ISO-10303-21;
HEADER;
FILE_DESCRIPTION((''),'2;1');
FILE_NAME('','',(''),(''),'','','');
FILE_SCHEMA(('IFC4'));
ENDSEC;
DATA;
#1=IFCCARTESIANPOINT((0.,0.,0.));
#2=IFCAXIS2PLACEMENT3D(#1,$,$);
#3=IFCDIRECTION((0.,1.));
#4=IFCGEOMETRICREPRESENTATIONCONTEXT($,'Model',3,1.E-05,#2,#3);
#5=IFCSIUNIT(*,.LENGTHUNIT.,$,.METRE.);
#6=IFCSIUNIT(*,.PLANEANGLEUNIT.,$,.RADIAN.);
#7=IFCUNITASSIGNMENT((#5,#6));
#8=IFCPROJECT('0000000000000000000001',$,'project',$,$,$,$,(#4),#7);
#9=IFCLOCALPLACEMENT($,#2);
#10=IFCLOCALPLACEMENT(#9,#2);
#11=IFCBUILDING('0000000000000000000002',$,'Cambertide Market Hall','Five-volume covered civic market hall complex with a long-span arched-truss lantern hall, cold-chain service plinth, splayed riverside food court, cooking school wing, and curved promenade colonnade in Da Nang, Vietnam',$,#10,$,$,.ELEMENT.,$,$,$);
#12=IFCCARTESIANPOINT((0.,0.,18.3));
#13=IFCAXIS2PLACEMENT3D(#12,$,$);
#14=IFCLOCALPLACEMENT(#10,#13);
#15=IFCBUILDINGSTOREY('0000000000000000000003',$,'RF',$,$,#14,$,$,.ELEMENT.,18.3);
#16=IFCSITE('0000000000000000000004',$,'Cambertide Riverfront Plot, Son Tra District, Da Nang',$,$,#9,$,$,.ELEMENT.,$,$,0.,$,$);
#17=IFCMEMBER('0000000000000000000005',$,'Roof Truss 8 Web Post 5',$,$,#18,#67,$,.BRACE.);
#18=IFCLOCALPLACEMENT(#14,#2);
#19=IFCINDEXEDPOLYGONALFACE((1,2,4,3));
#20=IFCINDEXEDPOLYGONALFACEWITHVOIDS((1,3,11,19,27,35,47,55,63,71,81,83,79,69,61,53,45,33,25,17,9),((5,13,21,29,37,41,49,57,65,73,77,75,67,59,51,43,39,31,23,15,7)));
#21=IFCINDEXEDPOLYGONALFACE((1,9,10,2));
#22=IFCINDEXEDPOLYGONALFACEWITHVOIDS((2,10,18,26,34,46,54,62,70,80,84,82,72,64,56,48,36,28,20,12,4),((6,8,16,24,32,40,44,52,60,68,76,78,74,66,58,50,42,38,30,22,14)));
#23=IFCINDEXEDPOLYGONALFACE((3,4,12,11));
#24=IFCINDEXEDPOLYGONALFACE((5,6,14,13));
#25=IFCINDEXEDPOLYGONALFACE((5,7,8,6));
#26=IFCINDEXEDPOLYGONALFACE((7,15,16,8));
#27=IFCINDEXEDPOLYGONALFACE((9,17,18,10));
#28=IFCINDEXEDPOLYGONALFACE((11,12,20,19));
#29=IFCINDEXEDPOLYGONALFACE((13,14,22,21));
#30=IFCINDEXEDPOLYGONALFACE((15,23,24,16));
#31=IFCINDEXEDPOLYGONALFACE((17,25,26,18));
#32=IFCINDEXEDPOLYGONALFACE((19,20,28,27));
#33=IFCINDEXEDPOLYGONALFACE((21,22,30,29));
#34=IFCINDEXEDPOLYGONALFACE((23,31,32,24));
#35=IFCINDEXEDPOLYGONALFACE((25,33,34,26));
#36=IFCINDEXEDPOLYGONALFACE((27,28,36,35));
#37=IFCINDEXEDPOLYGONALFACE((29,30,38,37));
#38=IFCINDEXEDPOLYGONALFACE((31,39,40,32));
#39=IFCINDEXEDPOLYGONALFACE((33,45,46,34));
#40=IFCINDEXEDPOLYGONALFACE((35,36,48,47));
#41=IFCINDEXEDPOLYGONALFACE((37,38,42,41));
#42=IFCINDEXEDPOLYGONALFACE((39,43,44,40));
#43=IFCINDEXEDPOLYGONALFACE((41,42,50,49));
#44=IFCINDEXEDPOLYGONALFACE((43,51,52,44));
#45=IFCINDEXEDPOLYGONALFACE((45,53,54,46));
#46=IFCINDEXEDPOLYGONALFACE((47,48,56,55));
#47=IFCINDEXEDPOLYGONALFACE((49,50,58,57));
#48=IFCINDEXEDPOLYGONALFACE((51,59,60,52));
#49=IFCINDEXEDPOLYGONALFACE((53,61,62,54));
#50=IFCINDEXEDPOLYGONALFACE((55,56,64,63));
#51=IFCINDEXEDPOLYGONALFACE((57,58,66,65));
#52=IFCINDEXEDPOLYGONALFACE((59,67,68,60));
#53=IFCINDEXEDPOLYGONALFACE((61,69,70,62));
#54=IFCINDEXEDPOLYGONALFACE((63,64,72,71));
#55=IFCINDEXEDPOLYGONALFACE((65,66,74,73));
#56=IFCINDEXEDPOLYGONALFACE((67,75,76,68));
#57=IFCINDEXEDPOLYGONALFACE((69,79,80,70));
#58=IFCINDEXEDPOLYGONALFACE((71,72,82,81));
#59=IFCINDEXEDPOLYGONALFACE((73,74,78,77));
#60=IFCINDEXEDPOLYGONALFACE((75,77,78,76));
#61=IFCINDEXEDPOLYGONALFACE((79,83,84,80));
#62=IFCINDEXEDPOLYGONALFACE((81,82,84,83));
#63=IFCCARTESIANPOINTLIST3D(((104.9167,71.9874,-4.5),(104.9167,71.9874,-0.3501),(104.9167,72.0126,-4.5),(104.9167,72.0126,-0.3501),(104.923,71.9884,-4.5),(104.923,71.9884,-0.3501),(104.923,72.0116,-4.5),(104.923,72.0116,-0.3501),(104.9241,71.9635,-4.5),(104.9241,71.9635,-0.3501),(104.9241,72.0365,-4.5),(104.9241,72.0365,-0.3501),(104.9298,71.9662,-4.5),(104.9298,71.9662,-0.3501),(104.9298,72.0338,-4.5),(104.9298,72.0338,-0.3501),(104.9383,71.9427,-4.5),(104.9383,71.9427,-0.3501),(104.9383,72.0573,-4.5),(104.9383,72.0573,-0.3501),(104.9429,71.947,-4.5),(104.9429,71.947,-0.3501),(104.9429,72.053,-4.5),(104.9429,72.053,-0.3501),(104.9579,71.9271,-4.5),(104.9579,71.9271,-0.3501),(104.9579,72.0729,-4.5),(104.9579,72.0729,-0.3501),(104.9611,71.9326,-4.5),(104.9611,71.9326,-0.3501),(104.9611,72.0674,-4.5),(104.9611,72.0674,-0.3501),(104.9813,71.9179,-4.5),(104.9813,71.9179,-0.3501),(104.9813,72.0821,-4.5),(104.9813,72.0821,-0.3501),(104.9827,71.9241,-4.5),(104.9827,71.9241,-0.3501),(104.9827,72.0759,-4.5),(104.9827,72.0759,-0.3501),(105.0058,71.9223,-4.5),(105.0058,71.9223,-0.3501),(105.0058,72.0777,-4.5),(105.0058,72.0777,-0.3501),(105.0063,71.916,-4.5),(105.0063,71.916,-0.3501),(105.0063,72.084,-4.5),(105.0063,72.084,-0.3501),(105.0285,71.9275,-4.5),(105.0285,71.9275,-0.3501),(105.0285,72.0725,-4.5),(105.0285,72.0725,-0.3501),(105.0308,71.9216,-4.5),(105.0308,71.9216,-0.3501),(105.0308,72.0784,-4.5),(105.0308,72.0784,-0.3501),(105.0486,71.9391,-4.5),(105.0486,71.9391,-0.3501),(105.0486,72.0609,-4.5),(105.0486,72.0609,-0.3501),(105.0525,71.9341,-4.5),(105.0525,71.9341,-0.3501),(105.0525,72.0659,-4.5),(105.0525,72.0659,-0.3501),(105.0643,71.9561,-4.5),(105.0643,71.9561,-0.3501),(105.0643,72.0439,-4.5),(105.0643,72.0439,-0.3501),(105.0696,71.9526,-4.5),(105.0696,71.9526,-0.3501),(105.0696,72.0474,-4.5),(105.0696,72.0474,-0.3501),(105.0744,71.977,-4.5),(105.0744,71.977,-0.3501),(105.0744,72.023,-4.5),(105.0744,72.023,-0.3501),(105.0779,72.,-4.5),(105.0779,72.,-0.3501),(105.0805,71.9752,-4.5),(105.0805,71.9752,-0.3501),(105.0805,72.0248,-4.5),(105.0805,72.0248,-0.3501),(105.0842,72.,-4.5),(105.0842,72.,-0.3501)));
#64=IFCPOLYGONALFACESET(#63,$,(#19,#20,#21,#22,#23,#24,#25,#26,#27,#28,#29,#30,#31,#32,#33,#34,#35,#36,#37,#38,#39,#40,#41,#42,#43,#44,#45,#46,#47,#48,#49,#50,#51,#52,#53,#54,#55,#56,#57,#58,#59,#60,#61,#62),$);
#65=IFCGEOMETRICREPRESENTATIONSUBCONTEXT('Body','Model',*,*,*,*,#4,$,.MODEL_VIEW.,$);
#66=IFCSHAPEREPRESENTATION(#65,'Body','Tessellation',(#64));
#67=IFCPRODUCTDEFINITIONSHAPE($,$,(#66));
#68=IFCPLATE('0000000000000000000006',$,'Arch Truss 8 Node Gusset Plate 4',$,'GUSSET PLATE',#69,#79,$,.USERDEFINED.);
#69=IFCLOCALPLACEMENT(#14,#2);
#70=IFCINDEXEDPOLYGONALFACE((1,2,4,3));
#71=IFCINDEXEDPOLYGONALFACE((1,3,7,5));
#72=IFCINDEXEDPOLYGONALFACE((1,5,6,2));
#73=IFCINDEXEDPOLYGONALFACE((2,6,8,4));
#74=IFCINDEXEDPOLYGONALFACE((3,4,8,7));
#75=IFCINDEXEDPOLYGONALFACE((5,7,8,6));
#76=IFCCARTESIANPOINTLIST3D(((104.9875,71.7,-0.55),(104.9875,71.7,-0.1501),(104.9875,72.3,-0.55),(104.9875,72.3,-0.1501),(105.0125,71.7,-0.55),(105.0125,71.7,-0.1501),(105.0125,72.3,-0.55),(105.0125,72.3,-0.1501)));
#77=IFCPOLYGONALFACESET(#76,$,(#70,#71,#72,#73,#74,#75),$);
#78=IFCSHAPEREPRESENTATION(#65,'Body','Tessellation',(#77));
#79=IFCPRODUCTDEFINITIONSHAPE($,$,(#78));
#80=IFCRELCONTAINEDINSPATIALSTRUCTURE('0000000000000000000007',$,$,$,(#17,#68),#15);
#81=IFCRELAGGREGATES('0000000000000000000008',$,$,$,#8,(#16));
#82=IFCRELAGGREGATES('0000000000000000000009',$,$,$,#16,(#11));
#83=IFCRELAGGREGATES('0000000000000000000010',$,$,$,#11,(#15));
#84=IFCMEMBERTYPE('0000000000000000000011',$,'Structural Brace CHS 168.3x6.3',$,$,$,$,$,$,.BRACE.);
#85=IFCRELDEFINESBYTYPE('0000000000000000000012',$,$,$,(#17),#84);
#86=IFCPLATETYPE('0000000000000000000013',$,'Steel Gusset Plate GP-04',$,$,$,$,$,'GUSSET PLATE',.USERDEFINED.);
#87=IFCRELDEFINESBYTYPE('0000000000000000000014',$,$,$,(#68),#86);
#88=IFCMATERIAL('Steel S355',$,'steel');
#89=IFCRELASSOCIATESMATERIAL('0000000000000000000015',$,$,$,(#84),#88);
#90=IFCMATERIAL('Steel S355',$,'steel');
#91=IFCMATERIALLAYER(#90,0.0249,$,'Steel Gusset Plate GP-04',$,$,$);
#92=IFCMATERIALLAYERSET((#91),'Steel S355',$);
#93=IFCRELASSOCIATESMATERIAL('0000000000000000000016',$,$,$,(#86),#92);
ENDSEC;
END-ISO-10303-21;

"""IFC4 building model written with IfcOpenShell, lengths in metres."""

from ifc_helpers import new_model, si_unit, direction, frame, origin, origin_2d, place, context, subcontext, project, spatial, rectangle, hollow_circle, extrude, material, layer, layer_set, material_profile, profile_set, type_object, element, save


model = new_model("IFC4")

# Units and contexts
model_context = context("Model", 3, precision=1e-05, world=origin(), true_north=direction((0.0, 1.0)))
body_context = subcontext(model_context, "Body", "Model", "MODEL_VIEW")
ifc_project = project(units=[si_unit("LENGTHUNIT", "METRE"), si_unit("PLANEANGLEUNIT", "RADIAN")], contexts=[model_context])

# Site, building, storey
site_placement = place(None, origin())
site = spatial("IfcSite", under=ifc_project, at=site_placement, Name="Cambertide Riverfront Plot, Son Tra District, Da Nang", CompositionType="ELEMENT", RefElevation=0.0)
building_placement = place(site_placement, origin())
building = spatial("IfcBuilding", under=site, at=building_placement, Name="Cambertide Market Hall", Description="Five-volume covered civic market hall complex with a long-span arched-truss lantern hall, cold-chain service plinth, splayed riverside food court, cooking school wing, and curved promenade colonnade in Da Nang, Vietnam", CompositionType="ELEMENT")
storey_placement = place(building_placement, frame((0.0, 0.0, 18.3)))
storey = spatial("IfcBuildingStorey", under=building, at=storey_placement, Name="RF", CompositionType="ELEMENT", Elevation=18.3)

# Member
ifc_material_1 = material(Name="Steel S355", Category="steel")
ifc_material_profile_1 = material_profile(ifc_material_1, hollow_circle(Radius=0.0842, WallThickness=0.0063, at=origin_2d()), Name="CHS 168.3x6.3")
ifc_profile_set_1 = profile_set([ifc_material_profile_1], Name="Steel S355")
member_type_1 = type_object("IfcMemberType", Name="Structural Brace CHS 168.3x6.3", PredefinedType="BRACE", material=ifc_profile_set_1)
member_1_placement = place(storey_placement, frame((105.0, 72.0, -4.5), z_axis=(0.0, 0.0, 1.0), x_axis=(1.0, 0.0, 0.0)))
element("IfcMember", 1, at=member_1_placement, inside=storey, type_object=member_type_1, Name="Roof Truss 8 Web Post 5", PredefinedType="BRACE", context=body_context, shape_type="SweptSolid", body=[
    extrude(hollow_circle(Radius=0.0842, WallThickness=0.0063, at=origin_2d()), origin(), (0.0, 0.0, 1.0), 4.1499),
])

# Plate
ifc_material_2 = material(Name="Steel S355", Category="steel")
ifc_layer = layer(ifc_material_2, 0.0249, Name="Steel Gusset Plate GP-04")
ifc_layer_set = layer_set([ifc_layer], Name="Steel S355")
plate_type = type_object("IfcPlateType", Name="Steel Gusset Plate GP-04", ElementType="GUSSET PLATE", PredefinedType="USERDEFINED", material=ifc_layer_set)
plate_placement = place(storey_placement, frame((105.0, 72.0, -0.55), z_axis=(0.0, 0.0, 1.0), x_axis=(1.0, 0.0, 0.0)))
element("IfcPlate", 2, at=plate_placement, inside=storey, type_object=plate_type, Name="Arch Truss 8 Node Gusset Plate 4", ObjectType="GUSSET PLATE", PredefinedType="USERDEFINED", context=body_context, shape_type="SweptSolid", body=[
    extrude(rectangle(XDim=0.0249, YDim=0.6001, at=origin_2d()), origin(), (0.0, 0.0, 1.0), 0.3999),
])

save(model, "model.ifc")
